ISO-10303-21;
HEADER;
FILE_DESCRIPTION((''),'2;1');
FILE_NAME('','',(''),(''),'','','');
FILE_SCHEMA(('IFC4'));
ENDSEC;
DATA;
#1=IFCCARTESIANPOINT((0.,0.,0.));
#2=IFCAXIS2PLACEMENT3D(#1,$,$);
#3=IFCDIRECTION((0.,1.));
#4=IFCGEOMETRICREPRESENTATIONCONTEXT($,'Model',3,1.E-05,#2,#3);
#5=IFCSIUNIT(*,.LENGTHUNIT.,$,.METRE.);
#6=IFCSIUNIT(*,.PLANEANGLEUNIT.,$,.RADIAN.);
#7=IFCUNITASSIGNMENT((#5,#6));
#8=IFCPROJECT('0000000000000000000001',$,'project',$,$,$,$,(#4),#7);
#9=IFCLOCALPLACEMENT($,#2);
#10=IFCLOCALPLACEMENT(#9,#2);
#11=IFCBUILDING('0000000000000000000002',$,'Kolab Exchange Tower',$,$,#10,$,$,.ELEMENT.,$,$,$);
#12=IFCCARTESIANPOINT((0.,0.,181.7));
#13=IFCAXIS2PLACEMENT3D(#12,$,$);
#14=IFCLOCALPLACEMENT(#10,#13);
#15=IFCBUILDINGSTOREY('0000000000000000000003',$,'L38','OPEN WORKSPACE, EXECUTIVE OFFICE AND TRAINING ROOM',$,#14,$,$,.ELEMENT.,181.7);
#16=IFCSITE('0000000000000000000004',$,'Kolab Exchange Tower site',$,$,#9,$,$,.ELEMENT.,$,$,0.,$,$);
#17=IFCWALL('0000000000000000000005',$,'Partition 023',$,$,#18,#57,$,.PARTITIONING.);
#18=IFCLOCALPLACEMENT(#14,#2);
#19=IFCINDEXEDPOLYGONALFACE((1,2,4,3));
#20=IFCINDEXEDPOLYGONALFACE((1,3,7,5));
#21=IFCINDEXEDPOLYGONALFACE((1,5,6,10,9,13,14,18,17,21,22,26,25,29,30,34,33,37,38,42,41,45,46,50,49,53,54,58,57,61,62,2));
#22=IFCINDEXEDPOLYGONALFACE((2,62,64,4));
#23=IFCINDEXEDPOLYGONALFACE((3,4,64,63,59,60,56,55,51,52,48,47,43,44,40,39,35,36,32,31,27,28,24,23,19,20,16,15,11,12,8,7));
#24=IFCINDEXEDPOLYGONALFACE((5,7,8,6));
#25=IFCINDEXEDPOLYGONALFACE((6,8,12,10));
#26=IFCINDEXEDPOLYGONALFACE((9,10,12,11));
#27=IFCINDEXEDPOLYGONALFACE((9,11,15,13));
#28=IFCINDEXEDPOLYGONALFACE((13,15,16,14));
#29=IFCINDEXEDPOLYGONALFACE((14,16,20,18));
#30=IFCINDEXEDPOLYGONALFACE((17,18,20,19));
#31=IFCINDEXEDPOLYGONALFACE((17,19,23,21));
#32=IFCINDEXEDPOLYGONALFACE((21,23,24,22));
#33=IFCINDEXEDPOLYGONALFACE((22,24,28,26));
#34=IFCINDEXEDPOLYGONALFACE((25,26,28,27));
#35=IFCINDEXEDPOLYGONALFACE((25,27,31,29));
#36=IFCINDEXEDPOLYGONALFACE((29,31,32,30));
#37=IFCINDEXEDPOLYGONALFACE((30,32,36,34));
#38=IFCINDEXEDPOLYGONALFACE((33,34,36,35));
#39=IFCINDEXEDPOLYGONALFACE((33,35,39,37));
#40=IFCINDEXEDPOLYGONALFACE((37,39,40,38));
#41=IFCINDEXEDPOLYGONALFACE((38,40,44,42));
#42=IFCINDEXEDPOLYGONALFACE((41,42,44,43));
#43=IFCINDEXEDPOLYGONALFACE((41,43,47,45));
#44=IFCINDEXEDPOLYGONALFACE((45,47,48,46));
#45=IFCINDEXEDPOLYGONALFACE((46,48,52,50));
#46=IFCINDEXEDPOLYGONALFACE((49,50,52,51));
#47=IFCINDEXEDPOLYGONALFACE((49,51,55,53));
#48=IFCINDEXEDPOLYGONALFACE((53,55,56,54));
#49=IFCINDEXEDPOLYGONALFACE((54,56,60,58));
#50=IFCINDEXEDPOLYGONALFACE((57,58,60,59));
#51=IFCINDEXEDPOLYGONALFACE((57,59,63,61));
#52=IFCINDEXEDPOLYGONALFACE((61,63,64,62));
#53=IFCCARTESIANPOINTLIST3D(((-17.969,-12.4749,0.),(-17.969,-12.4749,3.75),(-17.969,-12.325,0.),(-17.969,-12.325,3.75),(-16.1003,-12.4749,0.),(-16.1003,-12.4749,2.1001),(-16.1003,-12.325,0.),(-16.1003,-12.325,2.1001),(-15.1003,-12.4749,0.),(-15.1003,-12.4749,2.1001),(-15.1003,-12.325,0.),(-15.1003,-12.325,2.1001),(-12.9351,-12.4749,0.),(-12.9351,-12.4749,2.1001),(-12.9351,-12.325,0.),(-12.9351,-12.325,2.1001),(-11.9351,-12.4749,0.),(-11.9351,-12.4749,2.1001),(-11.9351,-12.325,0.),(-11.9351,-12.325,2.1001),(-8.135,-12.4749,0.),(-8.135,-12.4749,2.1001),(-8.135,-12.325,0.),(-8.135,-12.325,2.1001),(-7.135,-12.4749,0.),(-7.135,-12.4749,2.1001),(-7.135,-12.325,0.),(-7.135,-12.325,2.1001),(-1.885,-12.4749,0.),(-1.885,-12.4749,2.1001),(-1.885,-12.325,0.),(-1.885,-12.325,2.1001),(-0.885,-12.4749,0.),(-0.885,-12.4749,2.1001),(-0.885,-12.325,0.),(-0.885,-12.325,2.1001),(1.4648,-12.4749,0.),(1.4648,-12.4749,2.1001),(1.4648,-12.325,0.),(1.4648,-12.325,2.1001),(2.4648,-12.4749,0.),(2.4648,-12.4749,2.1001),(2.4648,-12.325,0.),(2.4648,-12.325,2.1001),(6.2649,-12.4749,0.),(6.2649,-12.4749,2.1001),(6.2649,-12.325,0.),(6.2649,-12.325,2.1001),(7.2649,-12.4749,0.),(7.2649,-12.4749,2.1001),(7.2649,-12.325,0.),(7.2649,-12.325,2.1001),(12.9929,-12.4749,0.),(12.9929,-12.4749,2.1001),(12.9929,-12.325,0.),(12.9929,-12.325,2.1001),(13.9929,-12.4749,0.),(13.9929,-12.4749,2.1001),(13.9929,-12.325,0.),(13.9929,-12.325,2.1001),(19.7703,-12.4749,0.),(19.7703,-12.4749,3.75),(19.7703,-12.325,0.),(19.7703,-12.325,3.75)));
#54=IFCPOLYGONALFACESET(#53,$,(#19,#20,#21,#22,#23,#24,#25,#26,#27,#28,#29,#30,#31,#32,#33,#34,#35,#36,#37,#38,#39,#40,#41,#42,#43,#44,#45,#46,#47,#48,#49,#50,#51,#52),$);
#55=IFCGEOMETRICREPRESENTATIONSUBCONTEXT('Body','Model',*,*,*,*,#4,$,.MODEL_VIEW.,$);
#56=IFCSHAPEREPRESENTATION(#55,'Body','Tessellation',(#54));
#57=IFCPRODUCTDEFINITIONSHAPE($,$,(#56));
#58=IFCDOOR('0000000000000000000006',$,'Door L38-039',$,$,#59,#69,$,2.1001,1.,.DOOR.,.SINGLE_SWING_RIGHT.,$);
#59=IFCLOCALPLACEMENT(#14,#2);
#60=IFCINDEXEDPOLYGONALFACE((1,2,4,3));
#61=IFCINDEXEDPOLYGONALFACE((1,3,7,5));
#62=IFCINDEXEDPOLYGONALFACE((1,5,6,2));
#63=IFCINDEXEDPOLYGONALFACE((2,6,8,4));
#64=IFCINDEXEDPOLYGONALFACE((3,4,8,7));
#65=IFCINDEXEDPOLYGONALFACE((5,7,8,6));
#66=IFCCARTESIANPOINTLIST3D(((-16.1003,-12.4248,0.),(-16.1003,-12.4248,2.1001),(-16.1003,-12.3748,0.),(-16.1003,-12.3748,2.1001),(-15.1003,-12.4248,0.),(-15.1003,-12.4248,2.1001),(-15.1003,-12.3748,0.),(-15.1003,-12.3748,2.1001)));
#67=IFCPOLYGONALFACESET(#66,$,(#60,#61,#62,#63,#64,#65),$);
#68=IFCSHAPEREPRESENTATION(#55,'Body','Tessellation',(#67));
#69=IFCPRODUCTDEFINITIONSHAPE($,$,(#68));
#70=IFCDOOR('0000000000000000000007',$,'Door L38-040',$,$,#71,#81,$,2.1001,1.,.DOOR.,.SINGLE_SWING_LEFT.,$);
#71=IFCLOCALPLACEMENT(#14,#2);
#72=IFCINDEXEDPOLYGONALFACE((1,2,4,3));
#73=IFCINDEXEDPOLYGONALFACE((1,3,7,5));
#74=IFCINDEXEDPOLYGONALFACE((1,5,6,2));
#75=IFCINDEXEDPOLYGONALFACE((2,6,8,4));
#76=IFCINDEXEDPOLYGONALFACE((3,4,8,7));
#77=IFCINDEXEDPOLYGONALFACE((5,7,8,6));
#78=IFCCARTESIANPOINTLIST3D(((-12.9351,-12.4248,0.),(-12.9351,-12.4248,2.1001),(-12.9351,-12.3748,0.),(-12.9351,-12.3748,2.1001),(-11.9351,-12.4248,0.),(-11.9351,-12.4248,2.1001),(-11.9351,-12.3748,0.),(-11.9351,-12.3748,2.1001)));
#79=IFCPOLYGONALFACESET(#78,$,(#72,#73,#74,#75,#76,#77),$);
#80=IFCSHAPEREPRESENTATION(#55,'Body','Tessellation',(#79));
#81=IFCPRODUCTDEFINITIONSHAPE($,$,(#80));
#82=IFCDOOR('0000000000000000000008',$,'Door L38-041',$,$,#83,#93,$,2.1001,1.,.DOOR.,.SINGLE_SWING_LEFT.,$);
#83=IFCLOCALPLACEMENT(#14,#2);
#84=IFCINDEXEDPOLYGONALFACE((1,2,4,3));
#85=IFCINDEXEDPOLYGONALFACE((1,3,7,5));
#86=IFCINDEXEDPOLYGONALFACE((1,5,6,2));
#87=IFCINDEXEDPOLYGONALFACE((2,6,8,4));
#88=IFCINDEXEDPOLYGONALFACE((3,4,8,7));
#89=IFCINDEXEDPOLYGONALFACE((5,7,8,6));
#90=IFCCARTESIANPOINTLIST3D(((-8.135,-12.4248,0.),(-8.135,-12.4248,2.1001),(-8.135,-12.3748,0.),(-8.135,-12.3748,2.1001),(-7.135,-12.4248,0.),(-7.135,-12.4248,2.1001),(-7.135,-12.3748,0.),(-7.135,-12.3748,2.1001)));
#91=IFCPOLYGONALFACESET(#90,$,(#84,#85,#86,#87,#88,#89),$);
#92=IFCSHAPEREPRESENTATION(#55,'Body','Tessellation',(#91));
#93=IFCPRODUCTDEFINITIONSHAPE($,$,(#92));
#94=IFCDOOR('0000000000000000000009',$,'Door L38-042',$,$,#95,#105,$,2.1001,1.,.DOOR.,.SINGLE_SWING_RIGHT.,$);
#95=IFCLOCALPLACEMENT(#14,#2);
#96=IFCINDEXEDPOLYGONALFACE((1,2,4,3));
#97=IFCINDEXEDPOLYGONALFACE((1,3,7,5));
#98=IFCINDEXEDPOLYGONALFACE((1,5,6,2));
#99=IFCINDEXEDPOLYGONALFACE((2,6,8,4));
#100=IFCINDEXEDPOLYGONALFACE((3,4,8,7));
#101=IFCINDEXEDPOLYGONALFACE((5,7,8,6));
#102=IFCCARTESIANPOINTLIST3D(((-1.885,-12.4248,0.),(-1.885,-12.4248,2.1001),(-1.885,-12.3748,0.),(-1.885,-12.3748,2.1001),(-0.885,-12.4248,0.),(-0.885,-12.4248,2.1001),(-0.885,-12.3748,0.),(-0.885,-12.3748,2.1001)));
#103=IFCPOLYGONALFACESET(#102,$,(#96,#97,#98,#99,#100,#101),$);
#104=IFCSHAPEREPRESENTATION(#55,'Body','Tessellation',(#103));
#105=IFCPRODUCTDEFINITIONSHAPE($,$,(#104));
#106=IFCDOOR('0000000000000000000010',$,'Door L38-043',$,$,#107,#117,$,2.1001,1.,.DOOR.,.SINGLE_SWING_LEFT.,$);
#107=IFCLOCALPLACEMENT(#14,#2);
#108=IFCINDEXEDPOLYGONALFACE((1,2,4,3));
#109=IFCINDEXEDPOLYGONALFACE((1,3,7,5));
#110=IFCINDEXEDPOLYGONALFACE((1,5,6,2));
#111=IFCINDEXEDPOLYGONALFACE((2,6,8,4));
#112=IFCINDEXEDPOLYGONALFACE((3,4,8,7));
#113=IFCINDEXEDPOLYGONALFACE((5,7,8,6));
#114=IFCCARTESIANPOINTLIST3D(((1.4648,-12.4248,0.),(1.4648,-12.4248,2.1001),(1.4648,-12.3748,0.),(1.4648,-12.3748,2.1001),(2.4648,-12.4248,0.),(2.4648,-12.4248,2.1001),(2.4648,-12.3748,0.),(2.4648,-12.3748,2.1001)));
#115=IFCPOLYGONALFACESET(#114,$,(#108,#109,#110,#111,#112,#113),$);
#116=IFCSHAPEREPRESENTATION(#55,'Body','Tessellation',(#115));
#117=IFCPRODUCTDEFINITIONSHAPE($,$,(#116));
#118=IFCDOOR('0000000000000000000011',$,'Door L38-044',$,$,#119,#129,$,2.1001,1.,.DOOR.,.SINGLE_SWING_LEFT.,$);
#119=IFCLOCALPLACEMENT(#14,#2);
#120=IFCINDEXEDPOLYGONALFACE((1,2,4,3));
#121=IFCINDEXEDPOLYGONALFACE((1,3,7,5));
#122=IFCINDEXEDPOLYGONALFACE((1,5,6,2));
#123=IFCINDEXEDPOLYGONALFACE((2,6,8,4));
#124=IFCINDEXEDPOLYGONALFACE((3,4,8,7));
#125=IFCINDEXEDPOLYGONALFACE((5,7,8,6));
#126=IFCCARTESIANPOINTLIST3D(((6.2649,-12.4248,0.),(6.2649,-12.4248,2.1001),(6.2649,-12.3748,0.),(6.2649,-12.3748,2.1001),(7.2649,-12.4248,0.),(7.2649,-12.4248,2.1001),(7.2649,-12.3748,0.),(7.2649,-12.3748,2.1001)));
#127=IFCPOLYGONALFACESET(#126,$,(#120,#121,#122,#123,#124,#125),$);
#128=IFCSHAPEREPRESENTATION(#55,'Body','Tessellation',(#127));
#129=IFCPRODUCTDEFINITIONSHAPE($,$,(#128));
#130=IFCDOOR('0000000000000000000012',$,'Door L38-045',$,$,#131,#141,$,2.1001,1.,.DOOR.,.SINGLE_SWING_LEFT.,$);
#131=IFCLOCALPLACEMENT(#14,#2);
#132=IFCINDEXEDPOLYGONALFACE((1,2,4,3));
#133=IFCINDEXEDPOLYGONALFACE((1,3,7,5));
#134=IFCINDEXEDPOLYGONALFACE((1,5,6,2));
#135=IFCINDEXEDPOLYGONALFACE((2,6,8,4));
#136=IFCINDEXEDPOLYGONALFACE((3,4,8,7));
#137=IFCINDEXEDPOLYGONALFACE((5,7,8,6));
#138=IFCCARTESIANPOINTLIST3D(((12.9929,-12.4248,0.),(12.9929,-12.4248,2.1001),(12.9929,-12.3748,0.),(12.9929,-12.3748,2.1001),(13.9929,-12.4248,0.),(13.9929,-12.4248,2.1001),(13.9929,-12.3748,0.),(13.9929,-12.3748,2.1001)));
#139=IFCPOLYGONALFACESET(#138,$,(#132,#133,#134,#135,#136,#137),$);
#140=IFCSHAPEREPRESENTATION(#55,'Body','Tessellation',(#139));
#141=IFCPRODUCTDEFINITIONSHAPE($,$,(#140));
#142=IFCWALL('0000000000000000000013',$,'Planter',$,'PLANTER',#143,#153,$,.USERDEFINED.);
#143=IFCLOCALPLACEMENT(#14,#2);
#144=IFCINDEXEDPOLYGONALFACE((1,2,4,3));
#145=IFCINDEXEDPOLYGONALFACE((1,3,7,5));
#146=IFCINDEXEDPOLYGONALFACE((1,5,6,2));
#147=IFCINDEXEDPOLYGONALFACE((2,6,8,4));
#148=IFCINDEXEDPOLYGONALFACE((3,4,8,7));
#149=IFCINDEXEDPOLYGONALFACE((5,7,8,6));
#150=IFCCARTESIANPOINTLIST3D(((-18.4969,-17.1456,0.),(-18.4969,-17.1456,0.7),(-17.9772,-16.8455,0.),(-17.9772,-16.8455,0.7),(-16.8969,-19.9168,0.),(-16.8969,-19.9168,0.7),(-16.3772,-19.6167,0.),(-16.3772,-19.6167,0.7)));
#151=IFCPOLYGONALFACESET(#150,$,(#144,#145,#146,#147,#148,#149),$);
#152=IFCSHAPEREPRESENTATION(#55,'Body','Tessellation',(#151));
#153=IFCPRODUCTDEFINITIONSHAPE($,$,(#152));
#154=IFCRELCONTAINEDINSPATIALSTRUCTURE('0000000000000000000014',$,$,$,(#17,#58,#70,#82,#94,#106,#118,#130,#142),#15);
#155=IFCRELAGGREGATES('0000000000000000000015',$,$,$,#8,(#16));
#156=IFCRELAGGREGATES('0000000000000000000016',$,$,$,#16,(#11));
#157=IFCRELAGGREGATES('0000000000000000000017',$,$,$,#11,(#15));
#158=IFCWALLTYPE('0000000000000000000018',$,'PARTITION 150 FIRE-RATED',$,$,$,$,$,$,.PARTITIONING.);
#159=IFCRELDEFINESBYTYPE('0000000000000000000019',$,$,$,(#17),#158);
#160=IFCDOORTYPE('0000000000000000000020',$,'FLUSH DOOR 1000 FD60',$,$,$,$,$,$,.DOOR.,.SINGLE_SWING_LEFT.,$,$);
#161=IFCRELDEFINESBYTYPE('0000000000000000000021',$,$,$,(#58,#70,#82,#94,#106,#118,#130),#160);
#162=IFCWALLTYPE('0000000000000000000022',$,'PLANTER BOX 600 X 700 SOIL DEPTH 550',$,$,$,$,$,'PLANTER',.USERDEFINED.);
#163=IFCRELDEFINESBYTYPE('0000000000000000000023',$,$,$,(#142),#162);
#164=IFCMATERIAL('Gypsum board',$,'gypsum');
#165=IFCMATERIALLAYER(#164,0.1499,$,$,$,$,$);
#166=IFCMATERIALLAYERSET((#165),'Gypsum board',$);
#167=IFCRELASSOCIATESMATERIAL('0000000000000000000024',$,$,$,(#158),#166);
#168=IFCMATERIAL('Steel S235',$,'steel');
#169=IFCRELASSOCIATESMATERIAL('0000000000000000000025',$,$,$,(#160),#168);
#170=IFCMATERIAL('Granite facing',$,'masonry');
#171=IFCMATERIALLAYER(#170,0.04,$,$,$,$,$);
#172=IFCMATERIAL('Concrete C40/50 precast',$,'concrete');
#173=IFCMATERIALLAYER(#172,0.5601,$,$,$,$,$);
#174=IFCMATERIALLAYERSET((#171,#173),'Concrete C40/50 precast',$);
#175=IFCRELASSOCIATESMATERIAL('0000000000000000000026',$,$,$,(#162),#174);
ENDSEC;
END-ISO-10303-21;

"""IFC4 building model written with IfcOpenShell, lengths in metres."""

from ifc_helpers import new_model, si_unit, direction, frame, frame_2d, origin, place, context, subcontext, project, spatial, rectangle, extrude, material, layer, layer_set, type_object, element, fill, save


model = new_model("IFC4")

# Units and contexts
model_context = context("Model", 3, precision=1e-05, world=origin(), true_north=direction((0.0, 1.0)))
body_context = subcontext(model_context, "Body", "Model", "MODEL_VIEW")
ifc_project = project(units=[si_unit("LENGTHUNIT", "METRE"), si_unit("PLANEANGLEUNIT", "RADIAN")], contexts=[model_context])

# Site, building, storey
site_placement = place(None, origin())
site = spatial("IfcSite", under=ifc_project, at=site_placement, Name="Kolab Exchange Tower site", CompositionType="ELEMENT", RefElevation=0.0)
building_placement = place(site_placement, origin())
building = spatial("IfcBuilding", under=site, at=building_placement, Name="Kolab Exchange Tower", CompositionType="ELEMENT")
storey_placement = place(building_placement, frame((0.0, 0.0, 181.7)))
storey = spatial("IfcBuildingStorey", under=building, at=storey_placement, Name="L38", Description="OPEN WORKSPACE, EXECUTIVE OFFICE AND TRAINING ROOM", CompositionType="ELEMENT", Elevation=181.7)

# Shared definitions
ifc_material_1 = material(Name="Gypsum board", Category="gypsum")
ifc_layer_1 = layer(ifc_material_1, 0.1499)
ifc_layer_set_1 = layer_set([ifc_layer_1], Name="Gypsum board")
wall_type_1 = type_object("IfcWallType", Name="PARTITION 150 FIRE-RATED", PredefinedType="PARTITIONING", material=ifc_layer_set_1)

# Wall, openings, doors
wall_1_placement = place(storey_placement, frame((-17.969, -12.3999, 0.0), z_axis=(0.0, 0.0, 1.0), x_axis=(1.0, 0.0, 0.0)))
wall_1 = element("IfcWall", 1, at=wall_1_placement, inside=storey, type_object=wall_type_1, Name="Partition 023", PredefinedType="PARTITIONING", context=body_context, shape_type="SweptSolid", body=[
    extrude(rectangle(XDim=37.7393, YDim=0.1499, at=frame_2d((18.8696, 0.0))), origin(), (0.0, 0.0, 1.0), 3.75),
])
opening_1_placement = place(wall_1_placement, frame((1.8687, 0.0, 0.0)))
opening_1 = element("IfcOpeningElement", 2, at=opening_1_placement, cuts=wall_1, PredefinedType="OPENING", context=body_context, shape_type="SweptSolid", body=[
    extrude(rectangle(XDim=1.0, YDim=2.1001, at=frame_2d((0.5, 1.05))), frame((0.0, 0.085, 0.0), z_axis=(0.0, -1.0, 0.0), x_axis=(1.0, 0.0, 0.0)), (0.0, 0.0, 1.0), 0.1699),
])
opening_2_placement = place(wall_1_placement, frame((5.0339, 0.0, 0.0)))
opening_2 = element("IfcOpeningElement", 3, at=opening_2_placement, cuts=wall_1, PredefinedType="OPENING", context=body_context, shape_type="SweptSolid", body=[
    extrude(rectangle(XDim=1.0, YDim=2.1001, at=frame_2d((0.5, 1.05))), frame((0.0, 0.085, 0.0), z_axis=(0.0, -1.0, 0.0), x_axis=(1.0, 0.0, 0.0)), (0.0, 0.0, 1.0), 0.1699),
])
opening_3_placement = place(wall_1_placement, frame((9.834, 0.0, 0.0)))
opening_3 = element("IfcOpeningElement", 4, at=opening_3_placement, cuts=wall_1, PredefinedType="OPENING", context=body_context, shape_type="SweptSolid", body=[
    extrude(rectangle(XDim=1.0, YDim=2.1001, at=frame_2d((0.5, 1.05))), frame((0.0, 0.085, 0.0), z_axis=(0.0, -1.0, 0.0), x_axis=(1.0, 0.0, 0.0)), (0.0, 0.0, 1.0), 0.1699),
])
opening_4_placement = place(wall_1_placement, frame((16.084, 0.0, 0.0)))
opening_4 = element("IfcOpeningElement", 5, at=opening_4_placement, cuts=wall_1, PredefinedType="OPENING", context=body_context, shape_type="SweptSolid", body=[
    extrude(rectangle(XDim=1.0, YDim=2.1001, at=frame_2d((0.5, 1.05))), frame((0.0, 0.085, 0.0), z_axis=(0.0, -1.0, 0.0), x_axis=(1.0, 0.0, 0.0)), (0.0, 0.0, 1.0), 0.1699),
])
opening_5_placement = place(wall_1_placement, frame((19.4338, 0.0, 0.0)))
opening_5 = element("IfcOpeningElement", 6, at=opening_5_placement, cuts=wall_1, PredefinedType="OPENING", context=body_context, shape_type="SweptSolid", body=[
    extrude(rectangle(XDim=1.0, YDim=2.1001, at=frame_2d((0.5, 1.05))), frame((0.0, 0.085, 0.0), z_axis=(0.0, -1.0, 0.0), x_axis=(1.0, 0.0, 0.0)), (0.0, 0.0, 1.0), 0.1699),
])
opening_6_placement = place(wall_1_placement, frame((24.2339, 0.0, 0.0)))
opening_6 = element("IfcOpeningElement", 7, at=opening_6_placement, cuts=wall_1, PredefinedType="OPENING", context=body_context, shape_type="SweptSolid", body=[
    extrude(rectangle(XDim=1.0, YDim=2.1001, at=frame_2d((0.5, 1.05))), frame((0.0, 0.085, 0.0), z_axis=(0.0, -1.0, 0.0), x_axis=(1.0, 0.0, 0.0)), (0.0, 0.0, 1.0), 0.1699),
])
opening_7_placement = place(wall_1_placement, frame((30.9619, 0.0, 0.0)))
opening_7 = element("IfcOpeningElement", 8, at=opening_7_placement, cuts=wall_1, PredefinedType="OPENING", context=body_context, shape_type="SweptSolid", body=[
    extrude(rectangle(XDim=1.0, YDim=2.1001, at=frame_2d((0.5, 1.05))), frame((0.0, 0.085, 0.0), z_axis=(0.0, -1.0, 0.0), x_axis=(1.0, 0.0, 0.0)), (0.0, 0.0, 1.0), 0.1699),
])
ifc_material_2 = material(Name="Steel S235", Category="steel")
door_type_1 = type_object("IfcDoorType", Name="FLUSH DOOR 1000 FD60", OperationType="SINGLE_SWING_LEFT", PredefinedType="DOOR", material=ifc_material_2)
door_1_placement = place(opening_1_placement, frame((1.0, 0.0, 0.0), z_axis=(0.0, 0.0, 1.0), x_axis=(-1.0, 0.0, 0.0)))
door_1 = element("IfcDoor", 9, at=door_1_placement, inside=storey, type_object=door_type_1, Name="Door L38-039", OperationType="SINGLE_SWING_RIGHT", OverallHeight=2.1001, OverallWidth=1.0, PredefinedType="DOOR", context=body_context, shape_type="SweptSolid", body=[
    extrude(rectangle(XDim=1.0, YDim=2.1001, at=frame_2d((0.5, 1.05))), frame((0.0, 0.0249, 0.0), z_axis=(0.0, -1.0, 0.0), x_axis=(1.0, 0.0, 0.0)), (0.0, 0.0, 1.0), 0.05),
])
fill(opening_1, door_1)
door_2_placement = place(opening_2_placement, frame((1.0, 0.0, 0.0), z_axis=(0.0, 0.0, 1.0), x_axis=(-1.0, 0.0, 0.0)))
door_2 = element("IfcDoor", 10, at=door_2_placement, inside=storey, type_object=door_type_1, Name="Door L38-040", OperationType="SINGLE_SWING_LEFT", OverallHeight=2.1001, OverallWidth=1.0, PredefinedType="DOOR", context=body_context, shape_type="SweptSolid", body=[
    extrude(rectangle(XDim=1.0, YDim=2.1001, at=frame_2d((0.5, 1.05))), frame((0.0, 0.0249, 0.0), z_axis=(0.0, -1.0, 0.0), x_axis=(1.0, 0.0, 0.0)), (0.0, 0.0, 1.0), 0.05),
])
fill(opening_2, door_2)
door_3_placement = place(opening_3_placement, frame((1.0, 0.0, 0.0), z_axis=(0.0, 0.0, 1.0), x_axis=(-1.0, 0.0, 0.0)))
door_3 = element("IfcDoor", 11, at=door_3_placement, inside=storey, type_object=door_type_1, Name="Door L38-041", OperationType="SINGLE_SWING_LEFT", OverallHeight=2.1001, OverallWidth=1.0, PredefinedType="DOOR", context=body_context, shape_type="SweptSolid", body=[
    extrude(rectangle(XDim=1.0, YDim=2.1001, at=frame_2d((0.5, 1.05))), frame((0.0, 0.0249, 0.0), z_axis=(0.0, -1.0, 0.0), x_axis=(1.0, 0.0, 0.0)), (0.0, 0.0, 1.0), 0.05),
])
fill(opening_3, door_3)
door_4_placement = place(opening_4_placement, frame((1.0, 0.0, 0.0), z_axis=(0.0, 0.0, 1.0), x_axis=(-1.0, 0.0, 0.0)))
door_4 = element("IfcDoor", 12, at=door_4_placement, inside=storey, type_object=door_type_1, Name="Door L38-042", OperationType="SINGLE_SWING_RIGHT", OverallHeight=2.1001, OverallWidth=1.0, PredefinedType="DOOR", context=body_context, shape_type="SweptSolid", body=[
    extrude(rectangle(XDim=1.0, YDim=2.1001, at=frame_2d((0.5, 1.05))), frame((0.0, 0.0249, 0.0), z_axis=(0.0, -1.0, 0.0), x_axis=(1.0, 0.0, 0.0)), (0.0, 0.0, 1.0), 0.05),
])
fill(opening_4, door_4)
door_5_placement = place(opening_5_placement, frame((1.0, 0.0, 0.0), z_axis=(0.0, 0.0, 1.0), x_axis=(-1.0, 0.0, 0.0)))
door_5 = element("IfcDoor", 13, at=door_5_placement, inside=storey, type_object=door_type_1, Name="Door L38-043", OperationType="SINGLE_SWING_LEFT", OverallHeight=2.1001, OverallWidth=1.0, PredefinedType="DOOR", context=body_context, shape_type="SweptSolid", body=[
    extrude(rectangle(XDim=1.0, YDim=2.1001, at=frame_2d((0.5, 1.05))), frame((0.0, 0.0249, 0.0), z_axis=(0.0, -1.0, 0.0), x_axis=(1.0, 0.0, 0.0)), (0.0, 0.0, 1.0), 0.05),
])
fill(opening_5, door_5)
door_6_placement = place(opening_6_placement, frame((1.0, 0.0, 0.0), z_axis=(0.0, 0.0, 1.0), x_axis=(-1.0, 0.0, 0.0)))
door_6 = element("IfcDoor", 14, at=door_6_placement, inside=storey, type_object=door_type_1, Name="Door L38-044", OperationType="SINGLE_SWING_LEFT", OverallHeight=2.1001, OverallWidth=1.0, PredefinedType="DOOR", context=body_context, shape_type="SweptSolid", body=[
    extrude(rectangle(XDim=1.0, YDim=2.1001, at=frame_2d((0.5, 1.05))), frame((0.0, 0.0249, 0.0), z_axis=(0.0, -1.0, 0.0), x_axis=(1.0, 0.0, 0.0)), (0.0, 0.0, 1.0), 0.05),
])
fill(opening_6, door_6)
door_7_placement = place(opening_7_placement, frame((1.0, 0.0, 0.0), z_axis=(0.0, 0.0, 1.0), x_axis=(-1.0, 0.0, 0.0)))
door_7 = element("IfcDoor", 15, at=door_7_placement, inside=storey, type_object=door_type_1, Name="Door L38-045", OperationType="SINGLE_SWING_LEFT", OverallHeight=2.1001, OverallWidth=1.0, PredefinedType="DOOR", context=body_context, shape_type="SweptSolid", body=[
    extrude(rectangle(XDim=1.0, YDim=2.1001, at=frame_2d((0.5, 1.05))), frame((0.0, 0.0249, 0.0), z_axis=(0.0, -1.0, 0.0), x_axis=(1.0, 0.0, 0.0)), (0.0, 0.0, 1.0), 0.05),
])
fill(opening_7, door_7)

# Wall
ifc_material_3 = material(Name="Granite facing", Category="masonry")
ifc_layer_2 = layer(ifc_material_3, 0.04)
ifc_material_4 = material(Name="Concrete C40/50 precast", Category="concrete")
ifc_layer_3 = layer(ifc_material_4, 0.5601)
ifc_layer_set_2 = layer_set([ifc_layer_2, ifc_layer_3], Name="Concrete C40/50 precast")
wall_type_2 = type_object("IfcWallType", Name="PLANTER BOX 600 X 700 SOIL DEPTH 550", ElementType="PLANTER", PredefinedType="USERDEFINED", material=ifc_layer_set_2)
wall_2_placement = place(storey_placement, frame((-16.637, -19.7668, 0.0), z_axis=(0.0, 0.0, 1.0), x_axis=(-0.500028, 0.866009, 0.0)))
element("IfcWall", 16, at=wall_2_placement, inside=storey, type_object=wall_type_2, Name="Planter", ObjectType="PLANTER", PredefinedType="USERDEFINED", context=body_context, shape_type="SweptSolid", body=[
    extrude(rectangle(XDim=3.2, YDim=0.6001, at=frame_2d((1.6001, 0.0))), origin(), (0.0, 0.0, 1.0), 0.7),
])

save(model, "model.ifc")
